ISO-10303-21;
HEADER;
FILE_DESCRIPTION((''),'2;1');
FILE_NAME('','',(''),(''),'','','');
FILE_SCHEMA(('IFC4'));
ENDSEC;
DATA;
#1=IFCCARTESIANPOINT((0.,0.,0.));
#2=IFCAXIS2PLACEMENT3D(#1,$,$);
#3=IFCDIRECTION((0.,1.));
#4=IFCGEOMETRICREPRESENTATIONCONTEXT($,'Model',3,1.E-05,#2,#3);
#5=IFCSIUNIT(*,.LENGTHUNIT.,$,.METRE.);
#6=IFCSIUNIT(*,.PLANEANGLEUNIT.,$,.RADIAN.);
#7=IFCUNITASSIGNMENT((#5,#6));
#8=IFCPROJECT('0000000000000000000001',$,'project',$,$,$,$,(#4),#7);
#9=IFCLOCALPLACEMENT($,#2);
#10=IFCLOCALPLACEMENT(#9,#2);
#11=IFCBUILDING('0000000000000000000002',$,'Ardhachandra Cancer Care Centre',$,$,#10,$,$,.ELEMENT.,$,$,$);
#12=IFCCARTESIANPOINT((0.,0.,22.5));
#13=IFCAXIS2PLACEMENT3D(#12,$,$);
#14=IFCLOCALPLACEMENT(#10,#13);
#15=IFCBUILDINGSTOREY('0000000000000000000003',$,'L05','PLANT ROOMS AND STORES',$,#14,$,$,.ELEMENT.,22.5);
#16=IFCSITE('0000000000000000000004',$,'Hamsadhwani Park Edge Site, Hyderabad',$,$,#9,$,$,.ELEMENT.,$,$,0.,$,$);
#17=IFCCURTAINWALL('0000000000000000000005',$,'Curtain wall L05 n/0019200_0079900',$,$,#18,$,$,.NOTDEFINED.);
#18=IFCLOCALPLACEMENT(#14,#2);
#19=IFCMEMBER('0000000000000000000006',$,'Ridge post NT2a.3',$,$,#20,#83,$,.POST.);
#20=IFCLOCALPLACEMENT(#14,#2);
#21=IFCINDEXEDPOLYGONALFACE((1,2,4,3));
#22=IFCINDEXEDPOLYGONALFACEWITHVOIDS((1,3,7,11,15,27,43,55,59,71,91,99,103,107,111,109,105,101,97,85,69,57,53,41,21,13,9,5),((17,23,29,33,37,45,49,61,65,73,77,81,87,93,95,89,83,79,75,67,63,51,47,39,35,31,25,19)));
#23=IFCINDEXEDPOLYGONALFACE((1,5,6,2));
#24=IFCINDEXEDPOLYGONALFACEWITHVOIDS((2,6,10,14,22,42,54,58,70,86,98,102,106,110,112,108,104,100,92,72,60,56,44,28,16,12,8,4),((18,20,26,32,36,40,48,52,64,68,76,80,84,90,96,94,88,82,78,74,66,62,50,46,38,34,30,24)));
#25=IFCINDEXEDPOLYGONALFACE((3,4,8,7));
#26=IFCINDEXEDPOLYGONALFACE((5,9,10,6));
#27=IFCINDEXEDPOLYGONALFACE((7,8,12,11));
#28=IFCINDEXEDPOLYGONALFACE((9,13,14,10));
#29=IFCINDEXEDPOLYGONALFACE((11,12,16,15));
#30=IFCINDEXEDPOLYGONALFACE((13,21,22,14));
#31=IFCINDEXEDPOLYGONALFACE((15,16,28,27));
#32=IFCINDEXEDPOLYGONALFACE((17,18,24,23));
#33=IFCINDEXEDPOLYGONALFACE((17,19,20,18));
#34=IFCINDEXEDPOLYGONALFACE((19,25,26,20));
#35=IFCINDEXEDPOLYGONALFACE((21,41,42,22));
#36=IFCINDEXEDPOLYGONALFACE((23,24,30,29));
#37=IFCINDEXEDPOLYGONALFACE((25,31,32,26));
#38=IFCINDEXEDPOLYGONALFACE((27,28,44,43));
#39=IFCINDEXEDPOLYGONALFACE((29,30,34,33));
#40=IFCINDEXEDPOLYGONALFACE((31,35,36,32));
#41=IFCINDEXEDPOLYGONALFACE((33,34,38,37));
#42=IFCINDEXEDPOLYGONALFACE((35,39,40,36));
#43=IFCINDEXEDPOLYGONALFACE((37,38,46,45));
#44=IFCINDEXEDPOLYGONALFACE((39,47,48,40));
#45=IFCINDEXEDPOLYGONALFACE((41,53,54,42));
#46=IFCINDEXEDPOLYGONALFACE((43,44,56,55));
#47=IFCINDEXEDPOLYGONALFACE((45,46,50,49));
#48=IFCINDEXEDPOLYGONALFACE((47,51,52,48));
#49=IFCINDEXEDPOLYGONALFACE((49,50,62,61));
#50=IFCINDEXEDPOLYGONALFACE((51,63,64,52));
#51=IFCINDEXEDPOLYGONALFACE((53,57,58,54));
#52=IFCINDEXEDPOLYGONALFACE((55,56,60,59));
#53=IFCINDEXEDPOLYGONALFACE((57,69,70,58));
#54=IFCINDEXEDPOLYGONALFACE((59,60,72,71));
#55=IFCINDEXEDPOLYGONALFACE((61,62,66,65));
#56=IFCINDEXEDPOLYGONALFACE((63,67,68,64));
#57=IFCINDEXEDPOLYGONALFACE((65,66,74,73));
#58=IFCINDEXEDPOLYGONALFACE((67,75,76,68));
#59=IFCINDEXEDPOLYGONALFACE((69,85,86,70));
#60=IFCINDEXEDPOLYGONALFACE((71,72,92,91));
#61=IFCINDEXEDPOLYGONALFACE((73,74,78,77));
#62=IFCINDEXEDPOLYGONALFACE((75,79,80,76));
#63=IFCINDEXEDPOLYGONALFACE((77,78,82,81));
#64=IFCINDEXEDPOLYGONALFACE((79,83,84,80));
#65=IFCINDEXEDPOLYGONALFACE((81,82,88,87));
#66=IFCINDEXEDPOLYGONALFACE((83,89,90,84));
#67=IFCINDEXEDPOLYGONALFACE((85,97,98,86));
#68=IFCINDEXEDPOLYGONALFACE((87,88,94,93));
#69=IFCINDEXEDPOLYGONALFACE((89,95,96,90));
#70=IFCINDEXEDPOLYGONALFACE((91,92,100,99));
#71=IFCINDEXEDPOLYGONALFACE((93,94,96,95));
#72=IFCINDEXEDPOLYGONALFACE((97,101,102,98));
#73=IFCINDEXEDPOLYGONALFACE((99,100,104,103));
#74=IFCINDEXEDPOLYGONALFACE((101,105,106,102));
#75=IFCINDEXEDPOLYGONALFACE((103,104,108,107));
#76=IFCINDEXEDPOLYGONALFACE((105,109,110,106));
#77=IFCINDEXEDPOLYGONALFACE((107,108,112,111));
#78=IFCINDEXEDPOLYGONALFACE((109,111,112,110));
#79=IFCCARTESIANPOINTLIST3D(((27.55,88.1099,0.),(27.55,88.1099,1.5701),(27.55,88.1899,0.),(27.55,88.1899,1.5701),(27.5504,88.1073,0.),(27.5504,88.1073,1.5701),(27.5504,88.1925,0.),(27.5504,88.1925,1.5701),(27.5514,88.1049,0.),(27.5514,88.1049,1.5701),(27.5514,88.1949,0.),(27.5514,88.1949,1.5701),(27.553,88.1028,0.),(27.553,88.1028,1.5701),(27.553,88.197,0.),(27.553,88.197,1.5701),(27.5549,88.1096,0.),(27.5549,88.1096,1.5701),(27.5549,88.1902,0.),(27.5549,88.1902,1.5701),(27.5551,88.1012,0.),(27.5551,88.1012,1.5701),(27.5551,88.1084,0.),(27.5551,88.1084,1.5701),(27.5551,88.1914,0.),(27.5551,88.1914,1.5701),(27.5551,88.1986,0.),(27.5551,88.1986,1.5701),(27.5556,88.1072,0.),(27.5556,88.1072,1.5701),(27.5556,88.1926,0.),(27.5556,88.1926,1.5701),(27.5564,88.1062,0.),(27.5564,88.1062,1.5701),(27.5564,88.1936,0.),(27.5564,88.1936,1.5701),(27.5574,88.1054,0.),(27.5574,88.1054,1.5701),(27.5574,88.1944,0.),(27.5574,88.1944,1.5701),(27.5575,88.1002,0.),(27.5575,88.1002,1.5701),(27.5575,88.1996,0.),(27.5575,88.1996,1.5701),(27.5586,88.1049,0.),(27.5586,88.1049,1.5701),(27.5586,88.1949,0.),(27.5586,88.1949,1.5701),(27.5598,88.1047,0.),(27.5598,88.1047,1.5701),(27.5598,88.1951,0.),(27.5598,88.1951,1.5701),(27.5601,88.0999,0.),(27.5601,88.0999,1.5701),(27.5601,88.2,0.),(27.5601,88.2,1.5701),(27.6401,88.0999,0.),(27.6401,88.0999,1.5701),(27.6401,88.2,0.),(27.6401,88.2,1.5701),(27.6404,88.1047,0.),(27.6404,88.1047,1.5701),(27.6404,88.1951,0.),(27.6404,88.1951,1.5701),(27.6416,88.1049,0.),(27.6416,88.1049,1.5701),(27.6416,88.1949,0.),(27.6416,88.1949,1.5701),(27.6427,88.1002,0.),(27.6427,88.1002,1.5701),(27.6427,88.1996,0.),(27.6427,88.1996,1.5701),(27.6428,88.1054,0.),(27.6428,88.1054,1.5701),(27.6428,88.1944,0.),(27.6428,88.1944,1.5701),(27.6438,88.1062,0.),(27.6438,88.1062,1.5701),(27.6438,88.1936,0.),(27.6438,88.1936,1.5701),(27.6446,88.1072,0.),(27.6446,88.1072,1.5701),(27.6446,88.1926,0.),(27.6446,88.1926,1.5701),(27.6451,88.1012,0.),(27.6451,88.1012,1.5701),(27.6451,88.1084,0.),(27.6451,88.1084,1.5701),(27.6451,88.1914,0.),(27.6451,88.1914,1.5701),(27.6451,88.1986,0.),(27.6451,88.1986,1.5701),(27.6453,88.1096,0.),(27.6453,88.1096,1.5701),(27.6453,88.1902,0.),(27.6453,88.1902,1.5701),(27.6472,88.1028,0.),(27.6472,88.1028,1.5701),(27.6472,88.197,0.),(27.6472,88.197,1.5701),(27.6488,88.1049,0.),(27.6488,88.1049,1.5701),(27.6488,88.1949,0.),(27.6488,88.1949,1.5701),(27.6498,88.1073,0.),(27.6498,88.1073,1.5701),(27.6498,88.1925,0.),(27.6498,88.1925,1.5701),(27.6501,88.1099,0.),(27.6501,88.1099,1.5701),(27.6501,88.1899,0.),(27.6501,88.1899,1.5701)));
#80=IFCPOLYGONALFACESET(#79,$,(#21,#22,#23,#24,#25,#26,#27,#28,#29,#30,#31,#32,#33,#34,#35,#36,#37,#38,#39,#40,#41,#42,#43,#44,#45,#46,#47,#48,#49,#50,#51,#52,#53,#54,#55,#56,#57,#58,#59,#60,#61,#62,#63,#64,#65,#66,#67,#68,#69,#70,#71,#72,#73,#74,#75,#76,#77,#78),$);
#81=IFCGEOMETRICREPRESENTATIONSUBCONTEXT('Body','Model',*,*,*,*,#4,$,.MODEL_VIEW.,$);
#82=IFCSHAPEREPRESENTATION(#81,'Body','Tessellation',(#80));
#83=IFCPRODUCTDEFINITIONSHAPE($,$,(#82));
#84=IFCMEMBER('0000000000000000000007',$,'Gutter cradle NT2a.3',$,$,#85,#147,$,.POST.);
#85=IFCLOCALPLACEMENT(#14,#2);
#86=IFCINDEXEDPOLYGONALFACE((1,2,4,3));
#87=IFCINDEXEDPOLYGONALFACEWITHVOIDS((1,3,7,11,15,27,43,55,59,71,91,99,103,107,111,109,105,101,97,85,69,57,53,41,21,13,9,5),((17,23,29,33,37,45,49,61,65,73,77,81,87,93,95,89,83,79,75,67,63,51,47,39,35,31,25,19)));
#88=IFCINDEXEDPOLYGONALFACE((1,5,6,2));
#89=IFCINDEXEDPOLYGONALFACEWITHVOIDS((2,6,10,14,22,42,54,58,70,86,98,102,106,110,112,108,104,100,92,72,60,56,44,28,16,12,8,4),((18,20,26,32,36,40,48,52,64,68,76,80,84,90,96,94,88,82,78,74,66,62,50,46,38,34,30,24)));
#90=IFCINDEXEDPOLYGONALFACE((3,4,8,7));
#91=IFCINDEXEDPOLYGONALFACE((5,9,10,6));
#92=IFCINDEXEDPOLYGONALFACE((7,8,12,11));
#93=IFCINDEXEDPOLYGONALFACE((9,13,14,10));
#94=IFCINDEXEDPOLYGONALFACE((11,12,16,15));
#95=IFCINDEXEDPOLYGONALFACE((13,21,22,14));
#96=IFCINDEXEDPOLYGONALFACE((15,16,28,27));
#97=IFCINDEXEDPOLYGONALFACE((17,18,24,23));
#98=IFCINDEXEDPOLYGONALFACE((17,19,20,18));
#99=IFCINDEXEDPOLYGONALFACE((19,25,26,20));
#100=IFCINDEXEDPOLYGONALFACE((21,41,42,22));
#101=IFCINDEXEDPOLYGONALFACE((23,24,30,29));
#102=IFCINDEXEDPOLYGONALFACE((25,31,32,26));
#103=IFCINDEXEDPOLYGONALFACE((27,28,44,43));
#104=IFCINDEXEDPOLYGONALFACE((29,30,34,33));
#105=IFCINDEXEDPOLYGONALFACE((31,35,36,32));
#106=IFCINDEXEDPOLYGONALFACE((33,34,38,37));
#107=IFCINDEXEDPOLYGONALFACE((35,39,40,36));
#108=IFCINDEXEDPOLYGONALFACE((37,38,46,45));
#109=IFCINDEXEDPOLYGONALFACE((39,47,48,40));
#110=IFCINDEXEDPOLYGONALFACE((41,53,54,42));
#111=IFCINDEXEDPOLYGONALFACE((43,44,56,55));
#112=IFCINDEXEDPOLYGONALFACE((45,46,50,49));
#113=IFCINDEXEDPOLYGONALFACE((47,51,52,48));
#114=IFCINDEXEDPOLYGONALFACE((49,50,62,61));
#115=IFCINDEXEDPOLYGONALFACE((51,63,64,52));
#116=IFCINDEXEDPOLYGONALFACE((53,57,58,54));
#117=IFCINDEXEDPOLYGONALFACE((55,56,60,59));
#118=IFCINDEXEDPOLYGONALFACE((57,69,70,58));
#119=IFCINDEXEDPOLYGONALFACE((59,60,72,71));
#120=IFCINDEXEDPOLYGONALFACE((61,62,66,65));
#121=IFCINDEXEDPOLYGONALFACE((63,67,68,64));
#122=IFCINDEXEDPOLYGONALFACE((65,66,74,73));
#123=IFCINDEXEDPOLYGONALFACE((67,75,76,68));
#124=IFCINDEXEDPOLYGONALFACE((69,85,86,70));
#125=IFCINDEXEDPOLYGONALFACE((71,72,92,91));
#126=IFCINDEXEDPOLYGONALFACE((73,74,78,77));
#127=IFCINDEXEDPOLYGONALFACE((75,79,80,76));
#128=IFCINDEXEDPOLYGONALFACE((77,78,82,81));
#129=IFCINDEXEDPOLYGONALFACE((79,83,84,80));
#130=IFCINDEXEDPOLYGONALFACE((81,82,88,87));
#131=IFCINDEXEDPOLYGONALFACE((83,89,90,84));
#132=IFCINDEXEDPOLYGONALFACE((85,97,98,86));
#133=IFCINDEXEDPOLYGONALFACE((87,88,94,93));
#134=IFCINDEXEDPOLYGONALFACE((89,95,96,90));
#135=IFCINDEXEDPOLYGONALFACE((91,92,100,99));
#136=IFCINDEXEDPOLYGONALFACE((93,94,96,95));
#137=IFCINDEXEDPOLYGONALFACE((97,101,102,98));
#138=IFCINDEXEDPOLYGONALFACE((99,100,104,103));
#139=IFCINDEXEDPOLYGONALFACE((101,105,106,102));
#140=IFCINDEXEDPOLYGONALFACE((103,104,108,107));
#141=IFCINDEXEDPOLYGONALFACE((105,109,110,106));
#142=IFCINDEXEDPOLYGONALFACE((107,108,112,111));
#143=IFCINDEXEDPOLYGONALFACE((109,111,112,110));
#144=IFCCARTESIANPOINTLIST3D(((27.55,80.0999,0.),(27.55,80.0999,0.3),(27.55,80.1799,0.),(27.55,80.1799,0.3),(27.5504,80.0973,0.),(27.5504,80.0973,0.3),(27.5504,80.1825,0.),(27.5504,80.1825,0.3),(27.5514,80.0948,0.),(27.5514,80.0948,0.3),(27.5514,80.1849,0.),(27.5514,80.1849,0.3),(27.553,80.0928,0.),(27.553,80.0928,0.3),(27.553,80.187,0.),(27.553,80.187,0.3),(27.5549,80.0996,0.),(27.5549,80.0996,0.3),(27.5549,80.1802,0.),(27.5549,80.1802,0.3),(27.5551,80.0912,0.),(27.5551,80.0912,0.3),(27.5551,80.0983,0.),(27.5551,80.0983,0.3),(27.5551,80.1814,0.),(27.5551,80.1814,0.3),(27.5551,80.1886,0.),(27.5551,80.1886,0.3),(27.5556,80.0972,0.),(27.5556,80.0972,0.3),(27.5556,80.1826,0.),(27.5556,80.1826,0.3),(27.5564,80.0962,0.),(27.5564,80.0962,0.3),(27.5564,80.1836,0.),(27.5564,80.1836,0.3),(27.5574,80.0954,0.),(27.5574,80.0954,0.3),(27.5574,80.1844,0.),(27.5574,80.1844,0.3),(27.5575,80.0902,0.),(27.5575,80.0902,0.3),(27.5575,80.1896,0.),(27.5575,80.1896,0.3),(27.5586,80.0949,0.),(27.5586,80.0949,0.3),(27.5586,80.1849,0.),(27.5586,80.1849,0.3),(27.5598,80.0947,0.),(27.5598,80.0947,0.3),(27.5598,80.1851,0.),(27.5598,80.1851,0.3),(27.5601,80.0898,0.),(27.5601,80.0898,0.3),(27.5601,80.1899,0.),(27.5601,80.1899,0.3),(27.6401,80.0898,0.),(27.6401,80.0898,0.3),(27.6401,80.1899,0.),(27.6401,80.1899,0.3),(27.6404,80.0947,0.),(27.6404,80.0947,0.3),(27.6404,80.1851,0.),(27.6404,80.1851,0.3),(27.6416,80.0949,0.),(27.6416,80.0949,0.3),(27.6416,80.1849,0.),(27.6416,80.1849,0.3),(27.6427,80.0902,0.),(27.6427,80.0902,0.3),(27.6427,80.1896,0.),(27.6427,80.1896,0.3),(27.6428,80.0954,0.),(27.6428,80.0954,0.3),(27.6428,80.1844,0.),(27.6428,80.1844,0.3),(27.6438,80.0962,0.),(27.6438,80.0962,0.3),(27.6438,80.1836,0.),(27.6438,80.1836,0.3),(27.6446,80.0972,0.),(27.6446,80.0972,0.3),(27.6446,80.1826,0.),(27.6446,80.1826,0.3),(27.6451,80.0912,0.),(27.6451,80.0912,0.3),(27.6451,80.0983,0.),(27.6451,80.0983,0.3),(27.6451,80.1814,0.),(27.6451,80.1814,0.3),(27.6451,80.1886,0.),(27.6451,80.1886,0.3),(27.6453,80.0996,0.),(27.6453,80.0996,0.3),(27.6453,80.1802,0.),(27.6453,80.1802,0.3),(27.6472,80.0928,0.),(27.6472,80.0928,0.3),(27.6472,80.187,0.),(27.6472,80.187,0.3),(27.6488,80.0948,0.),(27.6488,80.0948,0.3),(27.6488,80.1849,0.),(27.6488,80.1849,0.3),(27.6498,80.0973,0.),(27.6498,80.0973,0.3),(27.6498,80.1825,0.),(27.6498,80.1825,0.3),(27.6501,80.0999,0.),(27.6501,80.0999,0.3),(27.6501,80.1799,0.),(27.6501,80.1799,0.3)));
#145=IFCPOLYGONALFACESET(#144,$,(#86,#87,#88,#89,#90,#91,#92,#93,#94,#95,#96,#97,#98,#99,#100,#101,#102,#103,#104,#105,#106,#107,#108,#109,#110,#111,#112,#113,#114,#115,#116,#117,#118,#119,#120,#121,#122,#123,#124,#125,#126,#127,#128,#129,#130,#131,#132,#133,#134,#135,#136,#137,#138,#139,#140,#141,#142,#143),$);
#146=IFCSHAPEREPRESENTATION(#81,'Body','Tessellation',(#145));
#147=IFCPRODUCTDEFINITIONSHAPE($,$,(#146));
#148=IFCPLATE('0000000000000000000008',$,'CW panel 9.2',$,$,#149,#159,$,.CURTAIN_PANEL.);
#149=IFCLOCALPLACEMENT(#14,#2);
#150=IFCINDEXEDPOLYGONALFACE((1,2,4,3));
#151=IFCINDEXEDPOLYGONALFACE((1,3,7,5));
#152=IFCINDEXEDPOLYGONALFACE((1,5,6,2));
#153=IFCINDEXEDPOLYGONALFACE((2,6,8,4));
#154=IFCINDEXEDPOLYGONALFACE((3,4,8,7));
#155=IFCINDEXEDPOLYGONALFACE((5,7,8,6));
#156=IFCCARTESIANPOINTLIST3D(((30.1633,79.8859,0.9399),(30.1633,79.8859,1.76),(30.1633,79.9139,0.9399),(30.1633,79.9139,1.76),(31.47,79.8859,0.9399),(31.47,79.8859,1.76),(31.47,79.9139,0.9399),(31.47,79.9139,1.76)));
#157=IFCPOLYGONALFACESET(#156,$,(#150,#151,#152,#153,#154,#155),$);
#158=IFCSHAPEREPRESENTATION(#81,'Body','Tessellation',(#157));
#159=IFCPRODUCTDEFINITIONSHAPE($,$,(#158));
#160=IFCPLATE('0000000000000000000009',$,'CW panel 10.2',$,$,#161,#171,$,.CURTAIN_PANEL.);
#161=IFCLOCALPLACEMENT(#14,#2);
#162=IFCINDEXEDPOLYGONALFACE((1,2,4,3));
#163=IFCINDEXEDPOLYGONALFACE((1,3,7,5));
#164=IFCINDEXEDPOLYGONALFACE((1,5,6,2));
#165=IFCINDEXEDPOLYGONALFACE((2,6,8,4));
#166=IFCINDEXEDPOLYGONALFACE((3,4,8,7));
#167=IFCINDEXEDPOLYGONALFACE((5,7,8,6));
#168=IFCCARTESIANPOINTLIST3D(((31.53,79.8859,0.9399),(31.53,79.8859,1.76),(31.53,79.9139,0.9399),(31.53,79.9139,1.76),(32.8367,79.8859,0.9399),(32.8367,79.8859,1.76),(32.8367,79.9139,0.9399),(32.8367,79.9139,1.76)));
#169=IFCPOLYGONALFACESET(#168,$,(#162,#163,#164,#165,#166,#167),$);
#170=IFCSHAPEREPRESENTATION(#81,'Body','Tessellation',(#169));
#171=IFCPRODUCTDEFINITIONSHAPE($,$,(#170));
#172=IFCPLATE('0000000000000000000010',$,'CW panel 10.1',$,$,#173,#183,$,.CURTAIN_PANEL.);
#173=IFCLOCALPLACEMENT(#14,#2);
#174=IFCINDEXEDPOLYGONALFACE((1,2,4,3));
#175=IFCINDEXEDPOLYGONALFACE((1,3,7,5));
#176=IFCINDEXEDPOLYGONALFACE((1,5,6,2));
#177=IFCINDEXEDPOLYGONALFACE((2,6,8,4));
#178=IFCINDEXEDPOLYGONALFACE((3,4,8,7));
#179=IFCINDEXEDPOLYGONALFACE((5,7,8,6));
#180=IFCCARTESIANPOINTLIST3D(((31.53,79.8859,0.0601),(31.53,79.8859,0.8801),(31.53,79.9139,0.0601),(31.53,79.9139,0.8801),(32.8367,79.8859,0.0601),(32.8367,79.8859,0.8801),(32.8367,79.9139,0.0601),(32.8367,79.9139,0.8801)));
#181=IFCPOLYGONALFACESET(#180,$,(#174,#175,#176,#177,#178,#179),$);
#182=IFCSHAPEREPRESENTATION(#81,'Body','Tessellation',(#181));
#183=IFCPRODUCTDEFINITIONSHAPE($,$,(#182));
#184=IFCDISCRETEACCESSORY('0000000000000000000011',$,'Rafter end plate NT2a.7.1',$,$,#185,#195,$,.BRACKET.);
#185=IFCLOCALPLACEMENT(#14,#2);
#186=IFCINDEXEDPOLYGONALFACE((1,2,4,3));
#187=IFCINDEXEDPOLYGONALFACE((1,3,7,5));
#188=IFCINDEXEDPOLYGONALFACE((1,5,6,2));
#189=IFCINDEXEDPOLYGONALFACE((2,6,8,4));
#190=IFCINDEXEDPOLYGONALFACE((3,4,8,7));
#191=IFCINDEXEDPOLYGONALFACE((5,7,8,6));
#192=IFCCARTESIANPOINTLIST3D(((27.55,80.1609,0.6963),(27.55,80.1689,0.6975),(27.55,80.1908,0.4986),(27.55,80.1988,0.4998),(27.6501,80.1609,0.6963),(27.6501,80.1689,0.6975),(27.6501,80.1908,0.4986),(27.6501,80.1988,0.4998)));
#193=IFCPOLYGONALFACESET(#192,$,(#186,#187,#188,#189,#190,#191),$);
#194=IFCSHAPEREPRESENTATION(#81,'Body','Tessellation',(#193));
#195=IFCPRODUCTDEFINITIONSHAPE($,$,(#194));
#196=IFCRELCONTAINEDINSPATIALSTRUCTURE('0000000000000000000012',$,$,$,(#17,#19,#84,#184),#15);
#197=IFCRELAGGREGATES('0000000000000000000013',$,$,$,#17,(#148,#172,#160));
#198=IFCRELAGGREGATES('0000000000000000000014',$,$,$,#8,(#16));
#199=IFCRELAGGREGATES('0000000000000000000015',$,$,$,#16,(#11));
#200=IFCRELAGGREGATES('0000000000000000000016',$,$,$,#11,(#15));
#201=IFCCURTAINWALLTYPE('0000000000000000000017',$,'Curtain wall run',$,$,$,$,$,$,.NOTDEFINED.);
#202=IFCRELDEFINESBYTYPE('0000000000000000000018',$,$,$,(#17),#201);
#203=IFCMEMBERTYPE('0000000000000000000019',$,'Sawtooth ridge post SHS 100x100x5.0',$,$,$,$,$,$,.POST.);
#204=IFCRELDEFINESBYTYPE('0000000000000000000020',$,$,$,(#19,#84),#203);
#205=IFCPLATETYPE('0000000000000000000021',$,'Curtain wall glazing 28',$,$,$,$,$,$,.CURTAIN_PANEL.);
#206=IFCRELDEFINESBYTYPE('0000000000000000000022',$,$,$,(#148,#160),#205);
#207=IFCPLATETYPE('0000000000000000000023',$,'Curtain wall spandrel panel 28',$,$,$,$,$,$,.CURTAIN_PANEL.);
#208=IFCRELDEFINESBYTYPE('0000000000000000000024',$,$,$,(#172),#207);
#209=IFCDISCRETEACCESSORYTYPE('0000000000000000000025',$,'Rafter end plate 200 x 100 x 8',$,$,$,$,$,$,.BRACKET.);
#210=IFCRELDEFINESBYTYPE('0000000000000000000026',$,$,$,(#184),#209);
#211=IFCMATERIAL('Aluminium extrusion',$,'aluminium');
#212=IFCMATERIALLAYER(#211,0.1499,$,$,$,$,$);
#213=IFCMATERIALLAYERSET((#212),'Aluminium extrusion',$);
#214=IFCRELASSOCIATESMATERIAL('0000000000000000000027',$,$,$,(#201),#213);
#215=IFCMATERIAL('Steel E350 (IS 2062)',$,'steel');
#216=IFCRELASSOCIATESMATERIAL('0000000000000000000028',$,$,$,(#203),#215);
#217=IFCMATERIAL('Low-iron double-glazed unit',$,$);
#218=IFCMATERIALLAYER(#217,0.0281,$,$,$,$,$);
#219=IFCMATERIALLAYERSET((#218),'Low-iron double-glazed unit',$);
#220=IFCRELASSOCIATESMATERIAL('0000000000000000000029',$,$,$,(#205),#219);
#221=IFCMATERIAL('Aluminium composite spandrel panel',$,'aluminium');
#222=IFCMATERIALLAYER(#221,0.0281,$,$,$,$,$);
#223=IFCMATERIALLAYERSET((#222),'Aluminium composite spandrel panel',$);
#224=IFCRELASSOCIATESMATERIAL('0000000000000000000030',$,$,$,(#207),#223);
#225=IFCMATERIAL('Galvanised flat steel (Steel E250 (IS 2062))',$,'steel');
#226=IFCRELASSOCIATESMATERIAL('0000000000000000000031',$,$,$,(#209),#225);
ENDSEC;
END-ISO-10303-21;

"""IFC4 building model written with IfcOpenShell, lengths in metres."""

from ifc_helpers import new_model, si_unit, direction, frame, origin, origin_2d, place, context, subcontext, project, spatial, rectangle, hollow_rectangle, extrude, material, layer, layer_set, material_profile, profile_set, type_object, element, aggregate, save


model = new_model("IFC4")

# Units and contexts
model_context = context("Model", 3, precision=1e-05, world=origin(), true_north=direction((0.0, 1.0)))
body_context = subcontext(model_context, "Body", "Model", "MODEL_VIEW")
ifc_project = project(units=[si_unit("LENGTHUNIT", "METRE"), si_unit("PLANEANGLEUNIT", "RADIAN")], contexts=[model_context])

# Site, building, storey
site_placement = place(None, origin())
site = spatial("IfcSite", under=ifc_project, at=site_placement, Name="Hamsadhwani Park Edge Site, Hyderabad", CompositionType="ELEMENT", RefElevation=0.0)
building_placement = place(site_placement, origin())
building = spatial("IfcBuilding", under=site, at=building_placement, Name="Ardhachandra Cancer Care Centre", CompositionType="ELEMENT")
storey_placement = place(building_placement, frame((0.0, 0.0, 22.5)))
storey = spatial("IfcBuildingStorey", under=building, at=storey_placement, Name="L05", Description="PLANT ROOMS AND STORES", CompositionType="ELEMENT", Elevation=22.5)

# Curtain wall
ifc_material_1 = material(Name="Aluminium extrusion", Category="aluminium")
ifc_layer_1 = layer(ifc_material_1, 0.1499)
ifc_layer_set_1 = layer_set([ifc_layer_1], Name="Aluminium extrusion")
curtain_wall_type = type_object("IfcCurtainWallType", Name="Curtain wall run", PredefinedType="NOTDEFINED", material=ifc_layer_set_1)
curtain_wall_placement = place(storey_placement, origin())
curtain_wall = element("IfcCurtainWall", 1, at=curtain_wall_placement, inside=storey, type_object=curtain_wall_type, Name="Curtain wall L05 n/0019200_0079900", PredefinedType="NOTDEFINED")

# Members
ifc_material_2 = material(Name="Steel E350 (IS 2062)", Category="steel")
ifc_material_profile_1 = material_profile(ifc_material_2, hollow_rectangle(XDim=0.1001, YDim=0.1001, WallThickness=0.0049, InnerFilletRadius=0.0049, OuterFilletRadius=0.01, at=origin_2d()), Name="SHS 100x100x5.0")
ifc_profile_set_1 = profile_set([ifc_material_profile_1], Name="Steel E350 (IS 2062)")
member_type_1 = type_object("IfcMemberType", Name="Sawtooth ridge post SHS 100x100x5.0", PredefinedType="POST", material=ifc_profile_set_1)
member_1_placement = place(storey_placement, frame((27.6001, 88.1499, 0.0), z_axis=(0.0, 0.0, 1.0), x_axis=(1.0, 0.0, 0.0)))
element("IfcMember", 2, at=member_1_placement, inside=storey, type_object=member_type_1, Name="Ridge post NT2a.3", PredefinedType="POST", context=body_context, shape_type="SweptSolid", body=[
    extrude(hollow_rectangle(XDim=0.1001, YDim=0.1001, WallThickness=0.0049, InnerFilletRadius=0.0049, OuterFilletRadius=0.01, at=origin_2d()), origin(), (0.0, 0.0, 1.0), 1.5701),
])
member_2_placement = place(storey_placement, frame((27.6001, 80.1399, 0.0), z_axis=(0.0, 0.0, 1.0), x_axis=(1.0, 0.0, 0.0)))
element("IfcMember", 3, at=member_2_placement, inside=storey, type_object=member_type_1, Name="Gutter cradle NT2a.3", PredefinedType="POST", context=body_context, shape_type="SweptSolid", body=[
    extrude(hollow_rectangle(XDim=0.1001, YDim=0.1001, WallThickness=0.0049, InnerFilletRadius=0.0049, OuterFilletRadius=0.01, at=origin_2d()), origin(), (0.0, 0.0, 1.0), 0.3),
])

# Plates
ifc_material_3 = material(Name="Low-iron double-glazed unit")
ifc_layer_2 = layer(ifc_material_3, 0.0281)
ifc_layer_set_2 = layer_set([ifc_layer_2], Name="Low-iron double-glazed unit")
plate_type_1 = type_object("IfcPlateType", Name="Curtain wall glazing 28", PredefinedType="CURTAIN_PANEL", material=ifc_layer_set_2)
plate_1_placement = place(storey_placement, frame((30.8167, 79.8999, 0.9399), z_axis=(0.0, 0.0, 1.0), x_axis=(1.0, 0.0, 0.0)))
plate_1 = element("IfcPlate", 4, at=plate_1_placement, type_object=plate_type_1, Name="CW panel 9.2", PredefinedType="CURTAIN_PANEL", context=body_context, shape_type="SweptSolid", body=[
    extrude(rectangle(XDim=1.3066, YDim=0.0281, at=origin_2d()), origin(), (0.0, 0.0, 1.0), 0.8201),
])
plate_2_placement = place(storey_placement, frame((32.1833, 79.8999, 0.9399), z_axis=(0.0, 0.0, 1.0), x_axis=(1.0, 0.0, 0.0)))
plate_2 = element("IfcPlate", 5, at=plate_2_placement, type_object=plate_type_1, Name="CW panel 10.2", PredefinedType="CURTAIN_PANEL", context=body_context, shape_type="SweptSolid", body=[
    extrude(rectangle(XDim=1.3066, YDim=0.0281, at=origin_2d()), origin(), (0.0, 0.0, 1.0), 0.8201),
])
ifc_material_4 = material(Name="Aluminium composite spandrel panel", Category="aluminium")
ifc_layer_3 = layer(ifc_material_4, 0.0281)
ifc_layer_set_3 = layer_set([ifc_layer_3], Name="Aluminium composite spandrel panel")
plate_type_2 = type_object("IfcPlateType", Name="Curtain wall spandrel panel 28", PredefinedType="CURTAIN_PANEL", material=ifc_layer_set_3)
plate_3_placement = place(storey_placement, frame((32.1833, 79.8999, 0.0601), z_axis=(0.0, 0.0, 1.0), x_axis=(1.0, 0.0, 0.0)))
plate_3 = element("IfcPlate", 6, at=plate_3_placement, type_object=plate_type_2, Name="CW panel 10.1", PredefinedType="CURTAIN_PANEL", context=body_context, shape_type="SweptSolid", body=[
    extrude(rectangle(XDim=1.3066, YDim=0.0281, at=origin_2d()), origin(), (0.0, 0.0, 1.0), 0.8201),
])
aggregate(curtain_wall, [plate_1, plate_3, plate_2])

# Discrete accessory
ifc_material_5 = material(Name="Galvanised flat steel (Steel E250 (IS 2062))", Category="steel")
ifc_material_profile_2 = material_profile(ifc_material_5, rectangle(XDim=0.1001, YDim=0.2, at=origin_2d()), Name="Rafter end plate 200 x 100 x 8")
ifc_profile_set_2 = profile_set([ifc_material_profile_2], Name="Galvanised flat steel (Steel E250 (IS 2062))")
discrete_accessory_type_1 = type_object("IfcDiscreteAccessoryType", Name="Rafter end plate 200 x 100 x 8", PredefinedType="BRACKET", material=ifc_profile_set_2)
discrete_accessory_1_placement = place(storey_placement, frame((27.6001, 80.1838, 0.5986), z_axis=(0.0, -0.988716, -0.149805), x_axis=(1.0, 0.0, 0.0)))
element("IfcDiscreteAccessory", 7, at=discrete_accessory_1_placement, inside=storey, type_object=discrete_accessory_type_1, Name="Rafter end plate NT2a.7.1", PredefinedType="BRACKET", context=body_context, shape_type="SweptSolid", body=[
    extrude(rectangle(XDim=0.1001, YDim=0.2, at=origin_2d()), origin(), (0.0, 0.0, 1.0), 0.0081),
])

save(model, "model.ifc")
